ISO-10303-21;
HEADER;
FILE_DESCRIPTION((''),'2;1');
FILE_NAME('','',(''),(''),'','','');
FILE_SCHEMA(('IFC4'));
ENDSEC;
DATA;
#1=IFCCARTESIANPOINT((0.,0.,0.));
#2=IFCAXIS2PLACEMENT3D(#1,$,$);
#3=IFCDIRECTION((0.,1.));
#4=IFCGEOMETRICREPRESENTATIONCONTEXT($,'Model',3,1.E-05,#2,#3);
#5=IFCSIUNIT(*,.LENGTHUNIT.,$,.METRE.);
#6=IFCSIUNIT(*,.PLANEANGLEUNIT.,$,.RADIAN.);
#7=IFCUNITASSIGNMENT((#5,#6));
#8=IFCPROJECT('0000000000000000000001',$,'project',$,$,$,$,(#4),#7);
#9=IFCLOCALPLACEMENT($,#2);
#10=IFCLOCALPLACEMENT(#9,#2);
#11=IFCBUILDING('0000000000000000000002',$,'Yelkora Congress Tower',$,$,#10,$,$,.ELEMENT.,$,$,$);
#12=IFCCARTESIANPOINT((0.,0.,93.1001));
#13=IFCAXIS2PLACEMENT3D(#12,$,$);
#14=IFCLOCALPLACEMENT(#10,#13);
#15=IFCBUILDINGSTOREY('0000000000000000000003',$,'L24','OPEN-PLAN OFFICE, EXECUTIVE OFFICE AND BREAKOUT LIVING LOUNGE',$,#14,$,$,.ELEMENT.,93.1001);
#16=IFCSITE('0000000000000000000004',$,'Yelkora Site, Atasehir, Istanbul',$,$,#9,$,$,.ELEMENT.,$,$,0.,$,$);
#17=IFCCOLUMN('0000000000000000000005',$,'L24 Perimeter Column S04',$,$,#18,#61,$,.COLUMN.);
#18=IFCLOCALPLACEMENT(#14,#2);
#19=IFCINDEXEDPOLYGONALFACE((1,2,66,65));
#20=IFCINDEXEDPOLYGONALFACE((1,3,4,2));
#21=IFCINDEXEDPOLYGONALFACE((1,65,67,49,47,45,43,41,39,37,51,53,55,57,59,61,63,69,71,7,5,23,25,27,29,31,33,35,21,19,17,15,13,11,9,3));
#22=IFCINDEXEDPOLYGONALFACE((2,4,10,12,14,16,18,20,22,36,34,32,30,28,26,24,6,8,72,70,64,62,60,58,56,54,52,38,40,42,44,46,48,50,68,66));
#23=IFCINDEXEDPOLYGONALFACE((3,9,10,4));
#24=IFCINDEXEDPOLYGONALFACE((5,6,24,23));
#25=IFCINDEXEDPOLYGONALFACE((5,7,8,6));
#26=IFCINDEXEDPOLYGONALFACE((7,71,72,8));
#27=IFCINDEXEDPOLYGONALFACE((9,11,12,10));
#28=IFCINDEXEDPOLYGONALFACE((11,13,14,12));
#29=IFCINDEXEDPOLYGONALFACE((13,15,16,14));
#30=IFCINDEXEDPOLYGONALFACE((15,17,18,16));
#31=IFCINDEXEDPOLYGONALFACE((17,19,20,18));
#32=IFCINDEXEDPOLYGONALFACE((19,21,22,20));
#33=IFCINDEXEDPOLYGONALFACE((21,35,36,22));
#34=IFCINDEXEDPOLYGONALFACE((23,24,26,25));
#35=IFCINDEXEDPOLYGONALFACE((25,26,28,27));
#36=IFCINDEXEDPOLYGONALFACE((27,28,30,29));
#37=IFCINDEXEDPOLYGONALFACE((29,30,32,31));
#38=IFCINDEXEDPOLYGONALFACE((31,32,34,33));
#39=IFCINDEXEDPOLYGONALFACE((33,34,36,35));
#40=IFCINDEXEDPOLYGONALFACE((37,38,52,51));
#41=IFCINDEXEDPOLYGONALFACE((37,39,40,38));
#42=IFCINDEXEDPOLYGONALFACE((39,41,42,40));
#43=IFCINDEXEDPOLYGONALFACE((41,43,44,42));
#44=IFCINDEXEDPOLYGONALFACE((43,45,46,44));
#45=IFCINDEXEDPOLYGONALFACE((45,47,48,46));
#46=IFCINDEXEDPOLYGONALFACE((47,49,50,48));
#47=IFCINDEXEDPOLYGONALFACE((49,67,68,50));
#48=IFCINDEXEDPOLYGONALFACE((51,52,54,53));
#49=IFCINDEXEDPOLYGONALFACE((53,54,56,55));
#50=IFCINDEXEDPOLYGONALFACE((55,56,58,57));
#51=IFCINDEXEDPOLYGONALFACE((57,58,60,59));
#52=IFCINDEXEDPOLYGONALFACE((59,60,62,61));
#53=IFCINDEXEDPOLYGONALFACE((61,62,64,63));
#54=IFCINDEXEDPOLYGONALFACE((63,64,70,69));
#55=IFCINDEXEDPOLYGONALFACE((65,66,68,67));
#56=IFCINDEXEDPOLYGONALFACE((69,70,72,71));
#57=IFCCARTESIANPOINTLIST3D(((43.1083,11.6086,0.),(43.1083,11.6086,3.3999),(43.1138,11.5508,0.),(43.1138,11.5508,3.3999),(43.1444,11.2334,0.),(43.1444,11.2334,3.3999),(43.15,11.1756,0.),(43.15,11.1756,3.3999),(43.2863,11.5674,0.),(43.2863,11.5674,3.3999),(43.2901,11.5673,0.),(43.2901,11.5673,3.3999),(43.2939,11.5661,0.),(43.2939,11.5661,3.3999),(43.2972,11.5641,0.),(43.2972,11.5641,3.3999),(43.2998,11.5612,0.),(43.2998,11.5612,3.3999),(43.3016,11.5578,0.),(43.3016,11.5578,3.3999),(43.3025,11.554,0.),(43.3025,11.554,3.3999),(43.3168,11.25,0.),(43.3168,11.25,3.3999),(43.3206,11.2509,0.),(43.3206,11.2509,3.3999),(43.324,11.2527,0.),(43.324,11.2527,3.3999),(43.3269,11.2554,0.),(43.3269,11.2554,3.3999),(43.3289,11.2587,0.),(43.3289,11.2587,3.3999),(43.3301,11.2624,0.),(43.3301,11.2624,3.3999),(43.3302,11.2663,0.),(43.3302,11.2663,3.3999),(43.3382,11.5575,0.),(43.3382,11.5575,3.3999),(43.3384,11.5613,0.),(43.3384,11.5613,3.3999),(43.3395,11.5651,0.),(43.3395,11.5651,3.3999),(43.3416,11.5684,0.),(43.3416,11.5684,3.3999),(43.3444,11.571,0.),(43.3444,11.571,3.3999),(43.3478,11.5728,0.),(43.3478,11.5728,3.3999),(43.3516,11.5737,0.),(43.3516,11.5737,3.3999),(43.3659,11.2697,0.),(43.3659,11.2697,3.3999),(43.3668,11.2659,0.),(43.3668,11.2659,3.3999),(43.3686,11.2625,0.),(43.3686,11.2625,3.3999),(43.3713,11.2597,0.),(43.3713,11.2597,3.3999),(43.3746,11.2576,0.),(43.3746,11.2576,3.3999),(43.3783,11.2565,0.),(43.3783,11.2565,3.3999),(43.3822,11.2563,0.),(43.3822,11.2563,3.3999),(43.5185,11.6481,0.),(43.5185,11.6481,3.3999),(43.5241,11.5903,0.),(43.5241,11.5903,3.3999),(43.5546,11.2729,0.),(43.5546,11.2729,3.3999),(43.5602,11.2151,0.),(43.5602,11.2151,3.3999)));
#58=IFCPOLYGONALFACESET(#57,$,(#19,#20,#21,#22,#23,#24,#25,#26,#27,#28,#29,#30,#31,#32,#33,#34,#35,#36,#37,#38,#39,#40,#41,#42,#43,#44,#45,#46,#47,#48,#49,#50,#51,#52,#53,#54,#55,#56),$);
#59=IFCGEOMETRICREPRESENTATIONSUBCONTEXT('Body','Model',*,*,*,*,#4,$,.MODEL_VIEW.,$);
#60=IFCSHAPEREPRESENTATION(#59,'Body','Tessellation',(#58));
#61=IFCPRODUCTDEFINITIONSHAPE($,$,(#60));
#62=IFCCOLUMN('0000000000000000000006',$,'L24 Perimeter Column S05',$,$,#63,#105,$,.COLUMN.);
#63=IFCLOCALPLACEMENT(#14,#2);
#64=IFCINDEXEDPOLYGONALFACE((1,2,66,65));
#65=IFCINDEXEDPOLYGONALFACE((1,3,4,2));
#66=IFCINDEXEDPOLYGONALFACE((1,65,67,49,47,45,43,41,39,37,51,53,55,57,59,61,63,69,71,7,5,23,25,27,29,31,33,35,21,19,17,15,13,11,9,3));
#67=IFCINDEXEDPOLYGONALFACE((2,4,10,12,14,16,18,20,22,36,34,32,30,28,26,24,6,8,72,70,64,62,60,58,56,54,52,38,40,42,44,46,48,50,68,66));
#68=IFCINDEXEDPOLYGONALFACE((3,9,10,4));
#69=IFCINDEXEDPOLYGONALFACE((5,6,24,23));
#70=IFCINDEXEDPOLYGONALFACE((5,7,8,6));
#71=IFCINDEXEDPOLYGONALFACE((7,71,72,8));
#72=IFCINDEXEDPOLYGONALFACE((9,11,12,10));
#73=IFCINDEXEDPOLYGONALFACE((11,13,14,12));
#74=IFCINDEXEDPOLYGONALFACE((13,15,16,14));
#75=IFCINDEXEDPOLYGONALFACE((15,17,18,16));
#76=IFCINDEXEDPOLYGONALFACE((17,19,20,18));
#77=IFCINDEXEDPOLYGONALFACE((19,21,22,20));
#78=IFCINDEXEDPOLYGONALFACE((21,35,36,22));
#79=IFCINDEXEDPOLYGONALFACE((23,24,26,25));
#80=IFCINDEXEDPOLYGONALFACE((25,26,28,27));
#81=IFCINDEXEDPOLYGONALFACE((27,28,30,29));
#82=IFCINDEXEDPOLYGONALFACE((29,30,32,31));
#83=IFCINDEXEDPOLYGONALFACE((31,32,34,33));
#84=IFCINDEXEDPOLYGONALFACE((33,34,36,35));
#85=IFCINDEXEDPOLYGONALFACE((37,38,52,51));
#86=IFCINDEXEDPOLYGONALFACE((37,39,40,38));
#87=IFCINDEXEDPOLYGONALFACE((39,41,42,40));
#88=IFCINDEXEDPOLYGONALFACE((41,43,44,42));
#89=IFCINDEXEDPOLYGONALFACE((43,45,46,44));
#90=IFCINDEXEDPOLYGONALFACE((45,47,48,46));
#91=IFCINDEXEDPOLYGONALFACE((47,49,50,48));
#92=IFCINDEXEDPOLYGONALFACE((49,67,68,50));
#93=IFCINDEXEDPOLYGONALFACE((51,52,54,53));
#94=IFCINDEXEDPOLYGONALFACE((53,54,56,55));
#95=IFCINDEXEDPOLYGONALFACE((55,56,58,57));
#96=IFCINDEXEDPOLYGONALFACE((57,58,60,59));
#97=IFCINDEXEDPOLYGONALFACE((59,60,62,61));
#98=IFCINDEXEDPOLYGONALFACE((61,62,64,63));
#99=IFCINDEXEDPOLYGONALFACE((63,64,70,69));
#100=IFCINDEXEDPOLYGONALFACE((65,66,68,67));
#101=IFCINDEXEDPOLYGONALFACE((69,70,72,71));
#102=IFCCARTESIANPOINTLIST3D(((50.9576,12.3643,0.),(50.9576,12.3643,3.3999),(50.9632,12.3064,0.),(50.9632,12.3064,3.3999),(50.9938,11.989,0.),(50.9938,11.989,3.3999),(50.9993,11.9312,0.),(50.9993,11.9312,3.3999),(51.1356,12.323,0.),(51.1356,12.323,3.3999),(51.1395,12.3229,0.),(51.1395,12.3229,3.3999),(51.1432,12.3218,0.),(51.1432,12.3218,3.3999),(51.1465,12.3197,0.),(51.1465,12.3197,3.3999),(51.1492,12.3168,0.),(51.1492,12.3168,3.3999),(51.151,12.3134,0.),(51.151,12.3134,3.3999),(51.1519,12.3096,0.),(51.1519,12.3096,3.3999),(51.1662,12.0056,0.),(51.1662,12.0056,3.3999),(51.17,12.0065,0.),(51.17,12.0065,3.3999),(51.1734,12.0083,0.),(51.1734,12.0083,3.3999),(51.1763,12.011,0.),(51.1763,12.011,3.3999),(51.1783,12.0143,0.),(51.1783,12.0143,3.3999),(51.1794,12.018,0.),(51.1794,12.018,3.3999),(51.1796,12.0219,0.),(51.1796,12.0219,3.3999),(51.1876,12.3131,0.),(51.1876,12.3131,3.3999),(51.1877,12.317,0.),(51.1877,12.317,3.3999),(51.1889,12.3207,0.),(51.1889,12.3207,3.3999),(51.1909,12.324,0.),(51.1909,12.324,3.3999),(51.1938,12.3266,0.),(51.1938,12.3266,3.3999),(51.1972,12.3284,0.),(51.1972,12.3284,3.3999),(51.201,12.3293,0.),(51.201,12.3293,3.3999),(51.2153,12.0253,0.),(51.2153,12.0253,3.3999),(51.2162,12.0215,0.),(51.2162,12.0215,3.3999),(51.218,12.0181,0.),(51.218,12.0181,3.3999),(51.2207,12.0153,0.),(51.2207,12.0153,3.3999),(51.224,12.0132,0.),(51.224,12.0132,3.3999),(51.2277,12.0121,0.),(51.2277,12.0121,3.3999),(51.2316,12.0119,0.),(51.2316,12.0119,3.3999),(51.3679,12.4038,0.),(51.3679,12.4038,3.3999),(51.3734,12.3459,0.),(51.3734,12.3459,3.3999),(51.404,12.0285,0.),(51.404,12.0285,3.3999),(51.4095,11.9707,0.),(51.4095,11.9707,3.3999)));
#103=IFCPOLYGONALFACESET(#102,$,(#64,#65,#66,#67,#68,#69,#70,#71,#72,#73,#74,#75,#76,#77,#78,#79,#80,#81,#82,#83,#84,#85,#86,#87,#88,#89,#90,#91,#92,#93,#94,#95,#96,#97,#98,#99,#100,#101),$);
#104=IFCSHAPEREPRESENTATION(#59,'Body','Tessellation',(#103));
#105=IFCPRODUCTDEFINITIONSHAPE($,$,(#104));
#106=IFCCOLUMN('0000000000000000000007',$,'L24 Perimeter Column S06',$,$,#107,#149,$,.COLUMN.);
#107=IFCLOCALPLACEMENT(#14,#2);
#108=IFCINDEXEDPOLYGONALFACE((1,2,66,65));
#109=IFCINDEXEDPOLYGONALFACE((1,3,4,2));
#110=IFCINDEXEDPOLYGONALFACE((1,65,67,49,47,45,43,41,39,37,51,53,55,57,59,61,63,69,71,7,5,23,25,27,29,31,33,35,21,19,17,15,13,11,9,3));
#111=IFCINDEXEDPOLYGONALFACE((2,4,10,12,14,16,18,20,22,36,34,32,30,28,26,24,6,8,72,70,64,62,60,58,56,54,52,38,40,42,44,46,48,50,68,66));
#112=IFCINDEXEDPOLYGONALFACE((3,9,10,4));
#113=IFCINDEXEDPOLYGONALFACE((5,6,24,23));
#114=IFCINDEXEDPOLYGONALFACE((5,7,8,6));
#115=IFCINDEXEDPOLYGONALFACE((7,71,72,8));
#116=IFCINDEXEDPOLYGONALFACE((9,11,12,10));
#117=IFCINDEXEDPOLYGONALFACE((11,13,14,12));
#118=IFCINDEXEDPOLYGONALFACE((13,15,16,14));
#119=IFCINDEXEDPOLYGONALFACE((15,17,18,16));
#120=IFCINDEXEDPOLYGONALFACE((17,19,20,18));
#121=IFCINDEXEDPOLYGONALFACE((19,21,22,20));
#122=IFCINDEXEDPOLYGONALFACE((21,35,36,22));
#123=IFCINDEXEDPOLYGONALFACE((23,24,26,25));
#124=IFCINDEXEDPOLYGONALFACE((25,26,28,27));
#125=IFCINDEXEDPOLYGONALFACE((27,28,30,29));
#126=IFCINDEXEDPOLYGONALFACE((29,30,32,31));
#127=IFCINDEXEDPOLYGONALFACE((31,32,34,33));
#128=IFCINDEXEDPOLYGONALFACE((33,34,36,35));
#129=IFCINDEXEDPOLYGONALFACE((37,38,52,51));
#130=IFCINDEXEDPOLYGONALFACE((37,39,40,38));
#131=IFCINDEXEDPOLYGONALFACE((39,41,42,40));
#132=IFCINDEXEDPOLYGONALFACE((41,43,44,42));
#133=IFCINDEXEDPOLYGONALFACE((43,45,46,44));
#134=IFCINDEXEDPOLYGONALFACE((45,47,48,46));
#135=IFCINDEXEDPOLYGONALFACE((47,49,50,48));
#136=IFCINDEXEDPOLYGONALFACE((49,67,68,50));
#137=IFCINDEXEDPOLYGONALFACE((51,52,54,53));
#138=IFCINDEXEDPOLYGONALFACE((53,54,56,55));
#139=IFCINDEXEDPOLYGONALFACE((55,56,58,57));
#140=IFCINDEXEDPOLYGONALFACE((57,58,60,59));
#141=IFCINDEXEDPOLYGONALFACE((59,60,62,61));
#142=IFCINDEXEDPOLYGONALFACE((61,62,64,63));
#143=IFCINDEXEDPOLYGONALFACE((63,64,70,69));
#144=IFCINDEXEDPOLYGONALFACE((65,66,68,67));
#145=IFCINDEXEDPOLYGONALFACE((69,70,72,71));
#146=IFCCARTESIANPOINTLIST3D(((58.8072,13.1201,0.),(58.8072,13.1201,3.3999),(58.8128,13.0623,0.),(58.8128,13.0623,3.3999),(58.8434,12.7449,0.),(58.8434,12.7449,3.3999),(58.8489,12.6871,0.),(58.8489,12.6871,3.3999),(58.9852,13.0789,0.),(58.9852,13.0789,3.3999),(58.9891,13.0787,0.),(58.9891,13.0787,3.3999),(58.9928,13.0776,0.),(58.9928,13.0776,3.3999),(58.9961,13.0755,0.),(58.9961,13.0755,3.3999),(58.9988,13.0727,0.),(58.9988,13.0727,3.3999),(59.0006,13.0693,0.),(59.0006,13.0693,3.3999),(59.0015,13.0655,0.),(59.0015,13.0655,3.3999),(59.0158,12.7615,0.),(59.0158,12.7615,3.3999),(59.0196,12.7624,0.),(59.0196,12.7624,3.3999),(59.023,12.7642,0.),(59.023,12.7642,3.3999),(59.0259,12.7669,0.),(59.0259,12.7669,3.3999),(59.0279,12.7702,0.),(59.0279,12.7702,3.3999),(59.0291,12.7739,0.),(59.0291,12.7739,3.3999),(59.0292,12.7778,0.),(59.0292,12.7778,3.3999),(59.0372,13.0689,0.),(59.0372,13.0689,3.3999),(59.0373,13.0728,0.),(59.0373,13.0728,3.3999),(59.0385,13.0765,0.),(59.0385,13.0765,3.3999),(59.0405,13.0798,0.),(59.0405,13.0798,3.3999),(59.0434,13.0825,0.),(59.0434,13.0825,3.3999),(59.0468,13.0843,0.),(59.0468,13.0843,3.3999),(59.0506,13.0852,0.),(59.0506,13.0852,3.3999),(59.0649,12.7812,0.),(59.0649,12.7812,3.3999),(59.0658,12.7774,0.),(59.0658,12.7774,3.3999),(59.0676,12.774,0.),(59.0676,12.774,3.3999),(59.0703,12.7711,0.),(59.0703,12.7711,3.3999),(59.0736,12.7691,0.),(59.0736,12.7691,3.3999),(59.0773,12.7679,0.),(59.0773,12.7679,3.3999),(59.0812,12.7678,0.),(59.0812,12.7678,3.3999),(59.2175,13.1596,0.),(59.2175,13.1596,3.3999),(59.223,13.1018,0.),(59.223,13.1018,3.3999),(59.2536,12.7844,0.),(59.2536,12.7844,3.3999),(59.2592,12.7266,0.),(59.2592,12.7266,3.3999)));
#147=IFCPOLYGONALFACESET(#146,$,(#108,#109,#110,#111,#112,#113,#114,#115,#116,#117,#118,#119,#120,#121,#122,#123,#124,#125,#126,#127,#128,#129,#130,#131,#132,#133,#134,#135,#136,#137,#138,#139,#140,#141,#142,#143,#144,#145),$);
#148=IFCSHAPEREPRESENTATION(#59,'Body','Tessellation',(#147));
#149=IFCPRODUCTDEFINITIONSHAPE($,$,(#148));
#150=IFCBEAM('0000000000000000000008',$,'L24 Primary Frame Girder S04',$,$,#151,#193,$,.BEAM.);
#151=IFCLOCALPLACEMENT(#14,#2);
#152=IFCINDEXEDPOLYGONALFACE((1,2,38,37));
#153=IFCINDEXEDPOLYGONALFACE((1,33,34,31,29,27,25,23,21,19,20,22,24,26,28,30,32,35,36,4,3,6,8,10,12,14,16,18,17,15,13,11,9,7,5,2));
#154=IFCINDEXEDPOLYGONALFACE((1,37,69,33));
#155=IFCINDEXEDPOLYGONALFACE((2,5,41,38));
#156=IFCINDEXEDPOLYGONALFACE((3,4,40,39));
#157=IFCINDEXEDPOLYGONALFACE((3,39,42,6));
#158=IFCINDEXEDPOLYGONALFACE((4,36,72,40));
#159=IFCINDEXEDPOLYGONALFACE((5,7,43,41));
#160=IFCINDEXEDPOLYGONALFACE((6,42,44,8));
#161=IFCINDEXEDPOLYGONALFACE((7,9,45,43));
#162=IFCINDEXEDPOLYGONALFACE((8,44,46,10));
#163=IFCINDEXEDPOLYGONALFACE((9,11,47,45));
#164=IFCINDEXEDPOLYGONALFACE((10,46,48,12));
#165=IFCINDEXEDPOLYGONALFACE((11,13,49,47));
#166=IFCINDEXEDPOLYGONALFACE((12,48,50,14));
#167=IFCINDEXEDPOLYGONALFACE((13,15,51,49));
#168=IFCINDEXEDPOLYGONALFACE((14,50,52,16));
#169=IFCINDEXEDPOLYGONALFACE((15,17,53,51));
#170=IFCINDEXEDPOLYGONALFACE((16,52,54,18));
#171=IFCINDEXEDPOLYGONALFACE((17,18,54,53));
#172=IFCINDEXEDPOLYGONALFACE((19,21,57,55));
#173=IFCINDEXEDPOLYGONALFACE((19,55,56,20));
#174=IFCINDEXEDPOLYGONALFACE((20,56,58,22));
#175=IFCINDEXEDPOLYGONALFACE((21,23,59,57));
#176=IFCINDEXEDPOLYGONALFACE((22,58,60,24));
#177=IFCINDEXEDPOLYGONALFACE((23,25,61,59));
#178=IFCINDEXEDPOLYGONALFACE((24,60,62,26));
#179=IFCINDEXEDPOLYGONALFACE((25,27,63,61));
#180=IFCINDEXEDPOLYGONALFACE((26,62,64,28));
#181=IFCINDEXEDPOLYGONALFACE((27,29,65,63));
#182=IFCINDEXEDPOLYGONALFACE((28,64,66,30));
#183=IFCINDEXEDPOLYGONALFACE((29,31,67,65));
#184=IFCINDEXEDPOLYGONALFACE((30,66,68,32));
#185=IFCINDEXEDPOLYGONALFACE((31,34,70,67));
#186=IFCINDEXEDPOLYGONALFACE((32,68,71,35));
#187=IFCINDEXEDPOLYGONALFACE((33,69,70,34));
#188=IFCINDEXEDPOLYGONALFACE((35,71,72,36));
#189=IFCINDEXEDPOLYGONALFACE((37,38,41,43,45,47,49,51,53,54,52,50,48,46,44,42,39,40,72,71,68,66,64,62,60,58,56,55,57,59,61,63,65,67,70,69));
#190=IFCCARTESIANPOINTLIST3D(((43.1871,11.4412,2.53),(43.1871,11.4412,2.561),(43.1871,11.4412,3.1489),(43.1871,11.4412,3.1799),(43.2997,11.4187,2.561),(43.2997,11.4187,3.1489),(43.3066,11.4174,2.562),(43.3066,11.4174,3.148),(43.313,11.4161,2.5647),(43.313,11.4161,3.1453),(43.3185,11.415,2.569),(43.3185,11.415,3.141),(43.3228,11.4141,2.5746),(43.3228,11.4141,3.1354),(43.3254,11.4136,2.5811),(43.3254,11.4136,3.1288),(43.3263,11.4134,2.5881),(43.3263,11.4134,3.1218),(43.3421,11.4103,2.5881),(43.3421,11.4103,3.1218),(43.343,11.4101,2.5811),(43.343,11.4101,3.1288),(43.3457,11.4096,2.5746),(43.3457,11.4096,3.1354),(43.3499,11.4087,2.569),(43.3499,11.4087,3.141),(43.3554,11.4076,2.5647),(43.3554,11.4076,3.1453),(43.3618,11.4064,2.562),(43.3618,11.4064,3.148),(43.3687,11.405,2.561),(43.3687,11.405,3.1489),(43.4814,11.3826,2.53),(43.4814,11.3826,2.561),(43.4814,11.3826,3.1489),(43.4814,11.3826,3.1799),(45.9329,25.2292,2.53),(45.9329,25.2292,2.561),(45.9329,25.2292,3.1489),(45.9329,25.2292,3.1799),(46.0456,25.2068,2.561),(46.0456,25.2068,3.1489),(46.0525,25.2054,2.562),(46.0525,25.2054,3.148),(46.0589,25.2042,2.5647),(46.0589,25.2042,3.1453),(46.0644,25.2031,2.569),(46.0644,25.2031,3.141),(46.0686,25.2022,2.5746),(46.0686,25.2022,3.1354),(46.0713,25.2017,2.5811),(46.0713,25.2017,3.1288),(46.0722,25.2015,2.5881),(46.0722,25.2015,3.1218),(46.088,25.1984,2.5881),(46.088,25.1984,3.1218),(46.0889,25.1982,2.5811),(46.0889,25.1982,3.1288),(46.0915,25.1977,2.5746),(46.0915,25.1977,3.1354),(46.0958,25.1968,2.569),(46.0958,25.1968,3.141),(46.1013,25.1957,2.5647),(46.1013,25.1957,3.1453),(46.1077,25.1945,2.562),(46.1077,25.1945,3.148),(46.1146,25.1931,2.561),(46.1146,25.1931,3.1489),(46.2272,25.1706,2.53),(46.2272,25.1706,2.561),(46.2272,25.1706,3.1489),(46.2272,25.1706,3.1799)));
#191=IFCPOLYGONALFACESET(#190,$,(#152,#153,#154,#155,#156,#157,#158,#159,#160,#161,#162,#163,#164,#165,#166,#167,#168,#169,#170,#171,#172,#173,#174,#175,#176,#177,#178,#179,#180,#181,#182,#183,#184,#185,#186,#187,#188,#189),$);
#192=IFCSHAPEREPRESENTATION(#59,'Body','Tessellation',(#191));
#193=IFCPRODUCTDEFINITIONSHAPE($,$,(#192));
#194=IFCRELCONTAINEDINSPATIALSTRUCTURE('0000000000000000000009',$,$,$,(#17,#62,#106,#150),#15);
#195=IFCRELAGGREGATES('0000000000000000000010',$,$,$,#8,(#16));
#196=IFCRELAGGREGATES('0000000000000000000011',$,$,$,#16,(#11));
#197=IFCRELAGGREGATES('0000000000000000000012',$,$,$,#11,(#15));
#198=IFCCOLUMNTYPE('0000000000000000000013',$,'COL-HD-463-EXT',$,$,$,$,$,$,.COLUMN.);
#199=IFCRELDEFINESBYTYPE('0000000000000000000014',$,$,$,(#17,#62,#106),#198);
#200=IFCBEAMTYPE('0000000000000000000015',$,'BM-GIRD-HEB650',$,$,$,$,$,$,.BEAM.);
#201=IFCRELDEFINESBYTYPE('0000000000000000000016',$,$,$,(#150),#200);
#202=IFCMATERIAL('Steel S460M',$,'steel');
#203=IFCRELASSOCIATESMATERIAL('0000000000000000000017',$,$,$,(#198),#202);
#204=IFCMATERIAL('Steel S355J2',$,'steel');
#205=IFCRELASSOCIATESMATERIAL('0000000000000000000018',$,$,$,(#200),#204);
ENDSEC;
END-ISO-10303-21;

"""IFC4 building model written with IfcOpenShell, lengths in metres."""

from ifc_helpers import new_model, si_unit, direction, frame, origin, origin_2d, place, context, subcontext, project, spatial, i_section, extrude, material, material_profile, profile_set, type_object, element, save


model = new_model("IFC4")

# Units and contexts
model_context = context("Model", 3, precision=1e-05, world=origin(), true_north=direction((0.0, 1.0)))
body_context = subcontext(model_context, "Body", "Model", "MODEL_VIEW")
ifc_project = project(units=[si_unit("LENGTHUNIT", "METRE"), si_unit("PLANEANGLEUNIT", "RADIAN")], contexts=[model_context])

# Site, building, storey
site_placement = place(None, origin())
site = spatial("IfcSite", under=ifc_project, at=site_placement, Name="Yelkora Site, Atasehir, Istanbul", CompositionType="ELEMENT", RefElevation=0.0)
building_placement = place(site_placement, origin())
building = spatial("IfcBuilding", under=site, at=building_placement, Name="Yelkora Congress Tower", CompositionType="ELEMENT")
storey_placement = place(building_placement, frame((0.0, 0.0, 93.1001)))
storey = spatial("IfcBuildingStorey", under=building, at=storey_placement, Name="L24", Description="OPEN-PLAN OFFICE, EXECUTIVE OFFICE AND BREAKOUT LIVING LOUNGE", CompositionType="ELEMENT", Elevation=93.1001)

# Columns
ifc_material_1 = material(Name="Steel S460M", Category="steel")
ifc_material_profile_1 = material_profile(ifc_material_1, i_section(OverallWidth=0.4121, OverallDepth=0.4351, WebThickness=0.0359, FlangeThickness=0.0581, FilletRadius=0.0149, at=origin_2d()), Name="HD 400x463")
ifc_profile_set_1 = profile_set([ifc_material_profile_1], Name="Steel S460M")
column_type = type_object("IfcColumnType", Name="COL-HD-463-EXT", PredefinedType="COLUMN", material=ifc_profile_set_1)
for number, where, z_axis, x_axis, name in (
    (1, (43.3342, 11.4119, 0.0), (0.0, 0.0, 1.0), (0.995396, 0.095846, 0.0), "L24 Perimeter Column S04"),
    (2, (51.1836, 12.1675, 0.0), (0.0, 0.0, 1.0), (0.995396, 0.095846, 0.0), "L24 Perimeter Column S05"),
    (3, (59.0332, 12.9233, 0.0), (0.0, 0.0, 1.0), (0.995396, 0.095846, 0.0), "L24 Perimeter Column S06"),
):
    element("IfcColumn", number, at=place(storey_placement, frame(where, z_axis=z_axis, x_axis=x_axis)), inside=storey, type_object=column_type, Name=name, PredefinedType="COLUMN", context=body_context, shape_type="SweptSolid", body=[
        extrude(i_section(OverallWidth=0.4121, OverallDepth=0.4351, WebThickness=0.0359, FlangeThickness=0.0581, FilletRadius=0.0149, at=origin_2d()), origin(), (0.0, 0.0, 1.0), 3.3999),
    ])

# Beam
ifc_material_2 = material(Name="Steel S355J2", Category="steel")
ifc_material_profile_2 = material_profile(ifc_material_2, i_section(OverallWidth=0.3, OverallDepth=0.6499, WebThickness=0.0161, FlangeThickness=0.031, FilletRadius=0.0271, at=origin_2d()), Name="HEB 650")
ifc_profile_set_2 = profile_set([ifc_material_profile_2], Name="Steel S355J2")
beam_type_1 = type_object("IfcBeamType", Name="BM-GIRD-HEB650", PredefinedType="BEAM", material=ifc_profile_set_2)
beam_1_placement = place(storey_placement, frame((43.3342, 11.4119, 2.855), z_axis=(0.195311, 0.980741, 0.0), x_axis=(-0.980741, 0.195311, 0.0)))
element("IfcBeam", 4, at=beam_1_placement, inside=storey, type_object=beam_type_1, Name="L24 Primary Frame Girder S04", PredefinedType="BEAM", context=body_context, shape_type="SweptSolid", body=[
    extrude(i_section(OverallWidth=0.3, OverallDepth=0.6499, WebThickness=0.0161, FlangeThickness=0.031, FilletRadius=0.0271, at=origin_2d()), origin(), (0.0, 0.0, 1.0), 14.0588),
])

save(model, "model.ifc")
